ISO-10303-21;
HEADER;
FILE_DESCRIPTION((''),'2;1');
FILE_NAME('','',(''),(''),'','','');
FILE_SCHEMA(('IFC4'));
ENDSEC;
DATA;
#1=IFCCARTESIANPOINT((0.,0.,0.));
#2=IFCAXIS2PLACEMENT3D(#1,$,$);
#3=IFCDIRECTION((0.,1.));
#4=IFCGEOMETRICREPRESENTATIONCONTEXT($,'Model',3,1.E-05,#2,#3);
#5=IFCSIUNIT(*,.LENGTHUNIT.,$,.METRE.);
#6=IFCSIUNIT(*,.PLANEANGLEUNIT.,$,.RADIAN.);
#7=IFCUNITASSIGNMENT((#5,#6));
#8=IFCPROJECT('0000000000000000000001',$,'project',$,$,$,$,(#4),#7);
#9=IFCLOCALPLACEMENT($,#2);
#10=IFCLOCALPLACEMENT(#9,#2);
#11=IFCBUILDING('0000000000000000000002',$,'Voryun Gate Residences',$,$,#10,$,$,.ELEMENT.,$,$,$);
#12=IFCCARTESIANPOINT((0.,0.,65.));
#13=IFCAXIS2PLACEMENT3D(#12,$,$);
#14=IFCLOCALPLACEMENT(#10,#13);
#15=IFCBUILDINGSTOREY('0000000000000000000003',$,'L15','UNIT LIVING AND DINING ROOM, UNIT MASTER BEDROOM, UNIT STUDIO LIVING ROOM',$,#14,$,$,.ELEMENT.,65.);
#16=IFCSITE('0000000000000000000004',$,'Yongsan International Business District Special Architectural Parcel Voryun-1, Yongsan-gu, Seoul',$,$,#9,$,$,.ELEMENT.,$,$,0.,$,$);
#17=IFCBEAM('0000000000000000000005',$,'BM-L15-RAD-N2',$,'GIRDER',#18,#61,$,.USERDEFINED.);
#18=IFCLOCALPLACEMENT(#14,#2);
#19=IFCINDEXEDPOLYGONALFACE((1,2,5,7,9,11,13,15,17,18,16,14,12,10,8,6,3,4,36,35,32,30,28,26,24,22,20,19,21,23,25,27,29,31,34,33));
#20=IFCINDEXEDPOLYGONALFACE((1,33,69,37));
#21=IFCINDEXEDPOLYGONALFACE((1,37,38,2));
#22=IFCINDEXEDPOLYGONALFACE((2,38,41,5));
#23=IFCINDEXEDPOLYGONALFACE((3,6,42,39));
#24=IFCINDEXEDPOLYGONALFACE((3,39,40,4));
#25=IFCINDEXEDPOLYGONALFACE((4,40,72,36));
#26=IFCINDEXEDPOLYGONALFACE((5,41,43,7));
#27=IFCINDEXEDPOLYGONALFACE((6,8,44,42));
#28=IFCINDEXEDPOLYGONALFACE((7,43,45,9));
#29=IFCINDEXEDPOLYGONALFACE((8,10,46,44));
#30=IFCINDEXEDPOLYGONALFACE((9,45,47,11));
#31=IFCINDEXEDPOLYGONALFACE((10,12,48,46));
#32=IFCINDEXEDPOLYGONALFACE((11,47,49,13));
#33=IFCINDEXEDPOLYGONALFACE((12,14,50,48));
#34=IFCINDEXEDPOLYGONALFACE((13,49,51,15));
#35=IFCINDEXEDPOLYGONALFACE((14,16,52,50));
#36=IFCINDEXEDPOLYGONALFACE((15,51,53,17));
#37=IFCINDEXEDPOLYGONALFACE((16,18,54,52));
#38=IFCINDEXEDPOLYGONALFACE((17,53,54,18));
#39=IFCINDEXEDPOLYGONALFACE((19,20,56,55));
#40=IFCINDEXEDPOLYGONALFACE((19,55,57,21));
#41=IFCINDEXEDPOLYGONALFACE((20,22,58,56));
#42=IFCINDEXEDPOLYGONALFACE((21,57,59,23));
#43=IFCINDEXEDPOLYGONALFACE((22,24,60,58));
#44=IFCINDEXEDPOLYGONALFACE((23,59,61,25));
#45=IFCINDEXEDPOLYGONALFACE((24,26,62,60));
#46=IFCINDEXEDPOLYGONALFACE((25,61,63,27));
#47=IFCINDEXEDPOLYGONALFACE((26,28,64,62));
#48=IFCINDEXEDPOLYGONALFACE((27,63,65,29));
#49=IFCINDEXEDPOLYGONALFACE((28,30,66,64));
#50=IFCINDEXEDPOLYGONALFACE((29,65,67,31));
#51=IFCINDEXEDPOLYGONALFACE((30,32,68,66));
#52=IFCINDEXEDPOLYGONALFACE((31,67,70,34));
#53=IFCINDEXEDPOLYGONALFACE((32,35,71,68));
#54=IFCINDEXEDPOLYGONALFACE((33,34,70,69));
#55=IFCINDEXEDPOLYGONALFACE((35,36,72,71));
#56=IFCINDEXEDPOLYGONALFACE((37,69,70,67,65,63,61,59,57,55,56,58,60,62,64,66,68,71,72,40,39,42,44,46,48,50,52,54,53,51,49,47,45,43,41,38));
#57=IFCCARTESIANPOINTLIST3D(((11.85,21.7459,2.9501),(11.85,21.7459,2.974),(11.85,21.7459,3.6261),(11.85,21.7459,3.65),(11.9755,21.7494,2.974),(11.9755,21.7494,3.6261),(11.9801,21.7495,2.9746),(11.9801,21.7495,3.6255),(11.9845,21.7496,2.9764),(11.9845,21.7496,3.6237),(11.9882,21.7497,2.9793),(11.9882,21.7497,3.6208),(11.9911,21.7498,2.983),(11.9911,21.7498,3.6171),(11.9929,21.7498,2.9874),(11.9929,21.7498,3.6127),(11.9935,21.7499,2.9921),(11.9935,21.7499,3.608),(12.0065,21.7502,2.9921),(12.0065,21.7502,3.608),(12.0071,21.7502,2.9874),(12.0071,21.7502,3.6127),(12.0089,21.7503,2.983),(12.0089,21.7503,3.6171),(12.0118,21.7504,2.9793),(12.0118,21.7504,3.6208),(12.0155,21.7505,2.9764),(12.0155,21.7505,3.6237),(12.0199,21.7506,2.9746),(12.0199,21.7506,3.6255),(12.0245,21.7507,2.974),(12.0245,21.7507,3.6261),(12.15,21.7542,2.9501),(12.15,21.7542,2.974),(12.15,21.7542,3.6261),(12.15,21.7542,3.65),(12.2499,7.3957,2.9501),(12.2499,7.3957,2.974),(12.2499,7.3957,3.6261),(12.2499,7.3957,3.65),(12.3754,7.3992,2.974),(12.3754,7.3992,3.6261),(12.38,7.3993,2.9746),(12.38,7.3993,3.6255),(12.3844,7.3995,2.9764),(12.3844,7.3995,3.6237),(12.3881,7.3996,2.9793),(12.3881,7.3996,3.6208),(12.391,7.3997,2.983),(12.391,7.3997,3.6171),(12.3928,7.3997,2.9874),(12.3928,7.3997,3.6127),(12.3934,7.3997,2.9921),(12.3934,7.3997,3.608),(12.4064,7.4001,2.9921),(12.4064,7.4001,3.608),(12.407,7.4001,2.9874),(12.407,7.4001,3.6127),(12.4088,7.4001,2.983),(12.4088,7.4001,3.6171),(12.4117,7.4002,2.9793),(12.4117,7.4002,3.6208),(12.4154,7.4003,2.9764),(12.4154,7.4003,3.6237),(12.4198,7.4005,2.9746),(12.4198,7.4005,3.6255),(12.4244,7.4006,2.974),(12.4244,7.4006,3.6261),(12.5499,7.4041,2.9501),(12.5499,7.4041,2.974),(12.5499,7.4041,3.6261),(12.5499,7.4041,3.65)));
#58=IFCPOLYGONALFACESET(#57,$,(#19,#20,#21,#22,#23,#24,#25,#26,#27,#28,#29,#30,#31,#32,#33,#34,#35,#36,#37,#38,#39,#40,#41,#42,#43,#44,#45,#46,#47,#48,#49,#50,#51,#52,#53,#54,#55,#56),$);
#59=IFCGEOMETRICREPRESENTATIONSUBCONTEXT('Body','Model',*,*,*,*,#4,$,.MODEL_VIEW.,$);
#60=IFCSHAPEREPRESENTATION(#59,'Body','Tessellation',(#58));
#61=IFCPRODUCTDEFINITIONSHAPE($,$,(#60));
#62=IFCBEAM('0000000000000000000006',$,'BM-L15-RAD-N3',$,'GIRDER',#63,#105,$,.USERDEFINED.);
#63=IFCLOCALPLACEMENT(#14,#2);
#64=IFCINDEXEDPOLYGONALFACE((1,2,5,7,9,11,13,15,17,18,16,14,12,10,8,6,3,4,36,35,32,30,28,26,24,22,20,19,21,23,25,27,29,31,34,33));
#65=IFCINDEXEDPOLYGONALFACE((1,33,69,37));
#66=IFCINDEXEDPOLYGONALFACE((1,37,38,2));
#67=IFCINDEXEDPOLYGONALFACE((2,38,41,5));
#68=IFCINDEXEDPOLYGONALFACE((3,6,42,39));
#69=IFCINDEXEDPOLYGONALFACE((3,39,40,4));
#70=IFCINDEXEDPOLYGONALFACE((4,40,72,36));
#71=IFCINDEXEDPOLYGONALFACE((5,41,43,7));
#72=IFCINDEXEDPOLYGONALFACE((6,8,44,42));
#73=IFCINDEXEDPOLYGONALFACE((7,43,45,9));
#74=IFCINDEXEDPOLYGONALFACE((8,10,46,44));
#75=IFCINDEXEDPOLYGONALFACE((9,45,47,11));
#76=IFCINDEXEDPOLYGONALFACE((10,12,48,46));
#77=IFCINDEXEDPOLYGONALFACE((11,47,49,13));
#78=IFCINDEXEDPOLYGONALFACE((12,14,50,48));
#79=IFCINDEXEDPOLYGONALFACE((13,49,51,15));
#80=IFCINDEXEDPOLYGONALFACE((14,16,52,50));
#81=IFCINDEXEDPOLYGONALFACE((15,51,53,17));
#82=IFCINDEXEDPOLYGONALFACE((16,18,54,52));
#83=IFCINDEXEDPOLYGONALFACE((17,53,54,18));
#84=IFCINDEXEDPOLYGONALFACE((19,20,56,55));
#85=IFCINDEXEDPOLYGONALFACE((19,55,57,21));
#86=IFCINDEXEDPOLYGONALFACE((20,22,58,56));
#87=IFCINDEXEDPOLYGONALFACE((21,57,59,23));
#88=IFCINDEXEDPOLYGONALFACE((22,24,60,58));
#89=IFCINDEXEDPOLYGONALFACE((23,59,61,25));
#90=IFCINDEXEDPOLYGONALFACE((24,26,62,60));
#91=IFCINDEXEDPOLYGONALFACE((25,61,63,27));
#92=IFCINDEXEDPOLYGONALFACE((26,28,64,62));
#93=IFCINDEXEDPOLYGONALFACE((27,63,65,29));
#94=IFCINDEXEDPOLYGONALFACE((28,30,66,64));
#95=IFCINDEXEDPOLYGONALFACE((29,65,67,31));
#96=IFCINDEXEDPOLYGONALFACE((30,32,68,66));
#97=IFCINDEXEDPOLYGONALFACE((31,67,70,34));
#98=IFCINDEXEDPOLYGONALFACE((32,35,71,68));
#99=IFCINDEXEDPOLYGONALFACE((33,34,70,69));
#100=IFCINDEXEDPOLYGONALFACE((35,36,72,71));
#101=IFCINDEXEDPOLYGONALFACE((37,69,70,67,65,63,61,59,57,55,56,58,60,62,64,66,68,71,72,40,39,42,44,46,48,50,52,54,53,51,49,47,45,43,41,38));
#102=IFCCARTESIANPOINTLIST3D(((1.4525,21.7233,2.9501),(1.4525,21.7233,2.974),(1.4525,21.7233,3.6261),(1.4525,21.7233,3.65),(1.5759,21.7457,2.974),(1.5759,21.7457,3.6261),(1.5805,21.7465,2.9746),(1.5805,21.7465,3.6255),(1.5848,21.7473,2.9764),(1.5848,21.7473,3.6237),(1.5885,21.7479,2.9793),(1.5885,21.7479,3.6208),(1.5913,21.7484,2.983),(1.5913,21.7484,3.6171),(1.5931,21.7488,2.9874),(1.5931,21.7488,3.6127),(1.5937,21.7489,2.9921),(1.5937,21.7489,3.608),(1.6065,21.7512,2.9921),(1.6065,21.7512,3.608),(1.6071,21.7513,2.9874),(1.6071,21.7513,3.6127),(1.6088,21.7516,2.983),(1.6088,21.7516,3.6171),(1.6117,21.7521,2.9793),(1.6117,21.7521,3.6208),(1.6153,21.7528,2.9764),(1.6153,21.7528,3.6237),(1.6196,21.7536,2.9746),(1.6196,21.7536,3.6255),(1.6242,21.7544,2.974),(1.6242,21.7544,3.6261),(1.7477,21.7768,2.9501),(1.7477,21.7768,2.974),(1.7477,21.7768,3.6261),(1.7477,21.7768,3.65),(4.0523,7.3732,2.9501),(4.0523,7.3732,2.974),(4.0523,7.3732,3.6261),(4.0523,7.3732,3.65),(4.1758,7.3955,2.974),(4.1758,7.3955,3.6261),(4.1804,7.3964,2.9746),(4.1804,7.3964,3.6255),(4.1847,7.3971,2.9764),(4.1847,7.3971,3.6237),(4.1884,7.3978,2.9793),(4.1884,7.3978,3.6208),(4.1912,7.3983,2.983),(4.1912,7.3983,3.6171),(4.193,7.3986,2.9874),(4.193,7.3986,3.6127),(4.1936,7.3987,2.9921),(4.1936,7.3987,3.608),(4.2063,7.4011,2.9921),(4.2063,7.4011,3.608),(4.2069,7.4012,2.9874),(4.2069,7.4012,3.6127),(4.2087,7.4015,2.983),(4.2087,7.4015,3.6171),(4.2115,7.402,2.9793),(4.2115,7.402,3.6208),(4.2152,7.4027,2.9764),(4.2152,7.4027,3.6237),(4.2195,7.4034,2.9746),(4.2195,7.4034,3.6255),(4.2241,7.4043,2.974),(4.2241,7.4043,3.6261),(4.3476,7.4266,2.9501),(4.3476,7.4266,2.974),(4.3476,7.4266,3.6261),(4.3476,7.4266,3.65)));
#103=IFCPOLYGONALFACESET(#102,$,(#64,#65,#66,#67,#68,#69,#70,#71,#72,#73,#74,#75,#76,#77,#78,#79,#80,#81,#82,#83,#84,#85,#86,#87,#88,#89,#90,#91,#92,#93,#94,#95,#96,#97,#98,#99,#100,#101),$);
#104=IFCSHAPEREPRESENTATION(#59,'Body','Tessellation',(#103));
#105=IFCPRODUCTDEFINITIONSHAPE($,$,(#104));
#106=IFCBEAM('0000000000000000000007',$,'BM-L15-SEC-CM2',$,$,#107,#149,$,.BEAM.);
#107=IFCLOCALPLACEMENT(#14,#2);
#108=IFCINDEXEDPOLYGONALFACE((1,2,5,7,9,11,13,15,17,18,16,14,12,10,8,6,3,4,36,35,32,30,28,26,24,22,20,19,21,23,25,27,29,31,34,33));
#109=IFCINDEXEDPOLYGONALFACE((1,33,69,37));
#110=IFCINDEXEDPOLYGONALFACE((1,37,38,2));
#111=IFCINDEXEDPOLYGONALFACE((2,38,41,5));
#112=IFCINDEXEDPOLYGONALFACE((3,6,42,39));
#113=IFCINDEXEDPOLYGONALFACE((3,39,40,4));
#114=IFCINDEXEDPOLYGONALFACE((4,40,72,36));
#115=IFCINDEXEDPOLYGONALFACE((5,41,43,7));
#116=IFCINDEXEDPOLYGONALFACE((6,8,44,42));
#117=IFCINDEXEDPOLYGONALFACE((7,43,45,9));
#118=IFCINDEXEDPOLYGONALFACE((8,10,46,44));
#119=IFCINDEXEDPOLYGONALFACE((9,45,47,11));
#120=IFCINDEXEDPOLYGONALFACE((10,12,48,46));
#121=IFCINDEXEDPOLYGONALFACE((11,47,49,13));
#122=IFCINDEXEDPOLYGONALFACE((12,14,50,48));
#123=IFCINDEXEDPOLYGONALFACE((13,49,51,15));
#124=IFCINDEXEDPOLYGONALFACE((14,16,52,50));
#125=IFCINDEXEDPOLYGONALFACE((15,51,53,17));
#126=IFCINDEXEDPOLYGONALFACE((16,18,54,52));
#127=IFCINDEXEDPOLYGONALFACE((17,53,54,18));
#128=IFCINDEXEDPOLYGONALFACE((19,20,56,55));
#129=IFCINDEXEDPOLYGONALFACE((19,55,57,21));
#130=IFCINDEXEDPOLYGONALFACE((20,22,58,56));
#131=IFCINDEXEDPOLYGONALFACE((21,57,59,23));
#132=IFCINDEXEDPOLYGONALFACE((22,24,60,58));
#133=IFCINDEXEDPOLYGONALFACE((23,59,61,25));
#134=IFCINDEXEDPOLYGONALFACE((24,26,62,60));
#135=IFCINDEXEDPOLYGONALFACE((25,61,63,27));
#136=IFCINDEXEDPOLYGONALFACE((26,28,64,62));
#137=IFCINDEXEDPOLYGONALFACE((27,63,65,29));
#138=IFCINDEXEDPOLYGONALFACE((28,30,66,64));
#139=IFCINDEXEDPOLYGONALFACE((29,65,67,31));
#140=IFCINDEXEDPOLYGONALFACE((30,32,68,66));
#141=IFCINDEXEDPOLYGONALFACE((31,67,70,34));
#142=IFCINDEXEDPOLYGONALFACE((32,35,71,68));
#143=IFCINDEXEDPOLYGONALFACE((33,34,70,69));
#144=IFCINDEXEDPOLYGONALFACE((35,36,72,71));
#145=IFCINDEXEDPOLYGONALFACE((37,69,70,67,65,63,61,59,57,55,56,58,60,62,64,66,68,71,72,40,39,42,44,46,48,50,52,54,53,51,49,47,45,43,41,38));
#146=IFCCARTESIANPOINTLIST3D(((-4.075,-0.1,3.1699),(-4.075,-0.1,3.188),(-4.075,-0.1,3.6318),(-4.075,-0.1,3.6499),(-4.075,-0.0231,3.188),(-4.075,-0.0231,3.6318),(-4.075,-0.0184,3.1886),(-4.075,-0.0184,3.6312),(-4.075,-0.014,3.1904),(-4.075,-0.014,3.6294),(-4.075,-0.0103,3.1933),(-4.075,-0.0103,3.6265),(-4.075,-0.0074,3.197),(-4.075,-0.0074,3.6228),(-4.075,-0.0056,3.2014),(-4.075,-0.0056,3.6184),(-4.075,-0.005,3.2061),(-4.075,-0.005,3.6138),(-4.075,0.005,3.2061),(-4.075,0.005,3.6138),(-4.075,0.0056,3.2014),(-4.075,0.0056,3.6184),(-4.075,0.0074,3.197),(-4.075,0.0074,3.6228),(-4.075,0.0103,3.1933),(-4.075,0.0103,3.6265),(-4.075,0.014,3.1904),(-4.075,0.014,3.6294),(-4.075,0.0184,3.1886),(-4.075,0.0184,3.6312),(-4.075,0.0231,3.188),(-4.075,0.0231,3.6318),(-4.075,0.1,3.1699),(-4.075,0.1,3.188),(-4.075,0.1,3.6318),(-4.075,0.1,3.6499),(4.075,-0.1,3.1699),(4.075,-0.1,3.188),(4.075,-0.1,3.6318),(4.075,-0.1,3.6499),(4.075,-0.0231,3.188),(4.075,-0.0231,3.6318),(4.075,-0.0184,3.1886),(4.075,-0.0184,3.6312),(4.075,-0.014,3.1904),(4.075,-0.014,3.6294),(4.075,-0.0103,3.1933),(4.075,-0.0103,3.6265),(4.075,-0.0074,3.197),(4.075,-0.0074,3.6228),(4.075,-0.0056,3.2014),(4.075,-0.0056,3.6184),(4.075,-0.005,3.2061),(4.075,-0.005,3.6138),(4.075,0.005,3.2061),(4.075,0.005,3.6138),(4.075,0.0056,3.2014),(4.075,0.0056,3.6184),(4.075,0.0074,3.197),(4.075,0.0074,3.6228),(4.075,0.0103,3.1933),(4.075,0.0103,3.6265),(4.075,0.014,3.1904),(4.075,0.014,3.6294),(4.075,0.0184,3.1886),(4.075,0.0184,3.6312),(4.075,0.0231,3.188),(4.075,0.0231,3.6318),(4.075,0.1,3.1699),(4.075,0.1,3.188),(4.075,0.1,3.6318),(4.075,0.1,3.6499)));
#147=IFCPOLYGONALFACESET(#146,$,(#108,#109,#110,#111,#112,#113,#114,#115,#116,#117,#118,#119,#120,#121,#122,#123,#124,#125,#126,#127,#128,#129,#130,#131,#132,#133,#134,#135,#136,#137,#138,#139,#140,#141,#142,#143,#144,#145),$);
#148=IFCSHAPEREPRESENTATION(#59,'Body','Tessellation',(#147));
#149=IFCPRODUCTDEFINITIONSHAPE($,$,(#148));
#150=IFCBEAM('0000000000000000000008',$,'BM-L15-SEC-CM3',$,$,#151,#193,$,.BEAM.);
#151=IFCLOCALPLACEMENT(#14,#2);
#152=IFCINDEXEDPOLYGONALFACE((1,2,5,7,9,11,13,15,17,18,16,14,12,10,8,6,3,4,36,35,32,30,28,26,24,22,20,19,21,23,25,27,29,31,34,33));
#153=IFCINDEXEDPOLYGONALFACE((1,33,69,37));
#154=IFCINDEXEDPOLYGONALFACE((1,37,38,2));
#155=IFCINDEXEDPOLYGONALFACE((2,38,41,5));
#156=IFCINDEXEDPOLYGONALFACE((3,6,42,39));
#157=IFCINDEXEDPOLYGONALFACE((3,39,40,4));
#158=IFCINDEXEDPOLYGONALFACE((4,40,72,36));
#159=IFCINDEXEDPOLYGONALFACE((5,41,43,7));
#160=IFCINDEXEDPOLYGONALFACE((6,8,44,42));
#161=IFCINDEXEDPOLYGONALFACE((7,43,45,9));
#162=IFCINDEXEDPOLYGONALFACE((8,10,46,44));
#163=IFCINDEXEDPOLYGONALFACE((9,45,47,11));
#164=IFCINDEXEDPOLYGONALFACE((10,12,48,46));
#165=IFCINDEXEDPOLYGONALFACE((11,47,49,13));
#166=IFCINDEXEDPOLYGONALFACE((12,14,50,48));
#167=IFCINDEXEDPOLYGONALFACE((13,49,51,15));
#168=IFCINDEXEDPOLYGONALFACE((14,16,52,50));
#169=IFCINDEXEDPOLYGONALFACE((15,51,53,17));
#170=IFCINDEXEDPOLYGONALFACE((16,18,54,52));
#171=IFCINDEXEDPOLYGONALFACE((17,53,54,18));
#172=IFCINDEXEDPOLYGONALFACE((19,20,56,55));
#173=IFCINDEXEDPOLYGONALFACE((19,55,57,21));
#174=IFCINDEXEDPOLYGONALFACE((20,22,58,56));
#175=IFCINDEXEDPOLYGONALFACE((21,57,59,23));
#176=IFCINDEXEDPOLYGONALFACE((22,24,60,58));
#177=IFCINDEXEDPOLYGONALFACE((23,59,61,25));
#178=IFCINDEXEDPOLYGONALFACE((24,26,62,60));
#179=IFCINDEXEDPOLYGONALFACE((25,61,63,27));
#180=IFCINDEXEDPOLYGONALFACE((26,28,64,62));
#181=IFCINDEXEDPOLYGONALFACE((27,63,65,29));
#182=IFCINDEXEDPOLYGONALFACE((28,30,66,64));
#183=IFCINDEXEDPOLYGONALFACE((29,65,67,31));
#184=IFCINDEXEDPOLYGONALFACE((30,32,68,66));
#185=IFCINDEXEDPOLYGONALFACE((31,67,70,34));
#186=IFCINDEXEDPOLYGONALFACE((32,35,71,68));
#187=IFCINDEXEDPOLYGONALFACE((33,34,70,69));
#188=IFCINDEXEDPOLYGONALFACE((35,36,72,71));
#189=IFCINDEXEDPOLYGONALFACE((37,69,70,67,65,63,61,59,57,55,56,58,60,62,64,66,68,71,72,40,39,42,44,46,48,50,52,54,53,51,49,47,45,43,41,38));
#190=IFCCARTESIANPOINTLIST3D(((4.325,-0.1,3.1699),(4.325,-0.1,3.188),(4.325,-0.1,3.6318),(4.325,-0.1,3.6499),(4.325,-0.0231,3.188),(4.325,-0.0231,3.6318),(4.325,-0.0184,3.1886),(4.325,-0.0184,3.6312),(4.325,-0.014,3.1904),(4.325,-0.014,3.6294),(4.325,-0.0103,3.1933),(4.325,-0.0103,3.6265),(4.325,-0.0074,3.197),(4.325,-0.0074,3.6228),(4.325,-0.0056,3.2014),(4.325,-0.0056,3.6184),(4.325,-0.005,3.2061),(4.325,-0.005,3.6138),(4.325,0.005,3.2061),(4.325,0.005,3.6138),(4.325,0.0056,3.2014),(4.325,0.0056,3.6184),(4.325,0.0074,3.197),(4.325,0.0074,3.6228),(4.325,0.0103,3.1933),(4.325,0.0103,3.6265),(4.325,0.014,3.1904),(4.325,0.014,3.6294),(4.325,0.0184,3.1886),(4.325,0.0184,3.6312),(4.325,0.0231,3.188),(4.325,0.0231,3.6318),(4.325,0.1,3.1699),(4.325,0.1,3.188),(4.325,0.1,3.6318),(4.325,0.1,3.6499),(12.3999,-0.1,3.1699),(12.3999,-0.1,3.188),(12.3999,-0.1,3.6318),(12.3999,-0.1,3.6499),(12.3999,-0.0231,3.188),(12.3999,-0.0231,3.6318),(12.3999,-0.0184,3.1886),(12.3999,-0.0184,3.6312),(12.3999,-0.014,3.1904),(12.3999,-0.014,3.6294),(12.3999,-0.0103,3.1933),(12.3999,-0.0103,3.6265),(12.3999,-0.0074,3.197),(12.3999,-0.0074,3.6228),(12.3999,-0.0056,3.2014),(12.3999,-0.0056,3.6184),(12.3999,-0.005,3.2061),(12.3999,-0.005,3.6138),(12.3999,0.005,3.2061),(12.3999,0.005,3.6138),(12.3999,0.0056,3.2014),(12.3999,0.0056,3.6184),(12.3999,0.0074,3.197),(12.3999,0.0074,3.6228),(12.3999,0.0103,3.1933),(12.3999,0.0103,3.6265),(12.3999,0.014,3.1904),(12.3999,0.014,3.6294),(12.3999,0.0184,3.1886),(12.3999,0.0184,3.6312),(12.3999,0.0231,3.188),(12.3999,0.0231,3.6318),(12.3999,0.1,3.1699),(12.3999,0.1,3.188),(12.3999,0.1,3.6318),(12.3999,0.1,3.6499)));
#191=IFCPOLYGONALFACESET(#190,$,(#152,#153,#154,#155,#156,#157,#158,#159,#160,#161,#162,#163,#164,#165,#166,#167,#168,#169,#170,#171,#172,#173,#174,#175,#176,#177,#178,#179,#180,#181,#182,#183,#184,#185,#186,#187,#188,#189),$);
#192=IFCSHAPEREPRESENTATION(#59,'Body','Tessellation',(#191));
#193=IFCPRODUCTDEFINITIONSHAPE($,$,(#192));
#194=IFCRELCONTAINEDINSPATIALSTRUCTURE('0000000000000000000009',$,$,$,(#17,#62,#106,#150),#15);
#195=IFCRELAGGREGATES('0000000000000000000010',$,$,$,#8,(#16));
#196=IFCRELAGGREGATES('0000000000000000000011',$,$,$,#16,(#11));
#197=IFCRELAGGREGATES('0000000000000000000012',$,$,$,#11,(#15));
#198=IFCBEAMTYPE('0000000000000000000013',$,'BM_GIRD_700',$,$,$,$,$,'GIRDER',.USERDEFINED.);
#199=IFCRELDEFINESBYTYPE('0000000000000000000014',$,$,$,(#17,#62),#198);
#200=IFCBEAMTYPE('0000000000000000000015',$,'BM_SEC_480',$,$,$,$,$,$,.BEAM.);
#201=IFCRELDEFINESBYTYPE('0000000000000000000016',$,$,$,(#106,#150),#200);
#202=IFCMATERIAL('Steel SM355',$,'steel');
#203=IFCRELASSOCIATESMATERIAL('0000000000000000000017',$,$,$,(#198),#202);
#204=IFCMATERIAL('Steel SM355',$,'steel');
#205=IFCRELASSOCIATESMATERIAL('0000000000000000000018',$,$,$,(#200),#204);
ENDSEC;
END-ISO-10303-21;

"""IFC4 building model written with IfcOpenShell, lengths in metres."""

from ifc_helpers import new_model, si_unit, direction, frame, origin, origin_2d, place, context, subcontext, project, spatial, i_section, extrude, material, material_profile, profile_set, type_object, element, save


model = new_model("IFC4")

# Units and contexts
model_context = context("Model", 3, precision=1e-05, world=origin(), true_north=direction((0.0, 1.0)))
body_context = subcontext(model_context, "Body", "Model", "MODEL_VIEW")
ifc_project = project(units=[si_unit("LENGTHUNIT", "METRE"), si_unit("PLANEANGLEUNIT", "RADIAN")], contexts=[model_context])

# Site, building, storey
site_placement = place(None, origin())
site = spatial("IfcSite", under=ifc_project, at=site_placement, Name="Yongsan International Business District Special Architectural Parcel Voryun-1, Yongsan-gu, Seoul", CompositionType="ELEMENT", RefElevation=0.0)
building_placement = place(site_placement, origin())
building = spatial("IfcBuilding", under=site, at=building_placement, Name="Voryun Gate Residences", CompositionType="ELEMENT")
storey_placement = place(building_placement, frame((0.0, 0.0, 65.0)))
storey = spatial("IfcBuildingStorey", under=building, at=storey_placement, Name="L15", Description="UNIT LIVING AND DINING ROOM, UNIT MASTER BEDROOM, UNIT STUDIO LIVING ROOM", CompositionType="ELEMENT", Elevation=65.0)

# Beams
ifc_material_1 = material(Name="Steel SM355", Category="steel")
ifc_material_profile_1 = material_profile(ifc_material_1, i_section(OverallWidth=0.3, OverallDepth=0.7, WebThickness=0.0129, FlangeThickness=0.0239, FilletRadius=0.0181, at=origin_2d()), Name="H-700x300x13x24")
ifc_profile_set_1 = profile_set([ifc_material_profile_1], Name="Steel SM355")
beam_type_1 = type_object("IfcBeamType", Name="BM_GIRD_700", ElementType="GIRDER", PredefinedType="USERDEFINED", material=ifc_profile_set_1)
beam_1_placement = place(storey_placement, frame((12.3999, 7.3999, 3.3), z_axis=(-0.027857, 0.999612, 0.0), x_axis=(-0.999612, -0.027857, 0.0)))
element("IfcBeam", 1, at=beam_1_placement, inside=storey, type_object=beam_type_1, Name="BM-L15-RAD-N2", ObjectType="GIRDER", PredefinedType="USERDEFINED", context=body_context, shape_type="SweptSolid", body=[
    extrude(i_section(OverallWidth=0.3, OverallDepth=0.7, WebThickness=0.0129, FlangeThickness=0.0239, FilletRadius=0.0181, at=origin_2d()), origin(), (0.0, 0.0, 1.0), 14.3557),
])
beam_2_placement = place(storey_placement, frame((4.2, 7.3999, 3.3), z_axis=(-0.178271, 0.983981, 0.0), x_axis=(-0.983981, -0.178271, 0.0)))
element("IfcBeam", 2, at=beam_2_placement, inside=storey, type_object=beam_type_1, Name="BM-L15-RAD-N3", ObjectType="GIRDER", PredefinedType="USERDEFINED", context=body_context, shape_type="SweptSolid", body=[
    extrude(i_section(OverallWidth=0.3, OverallDepth=0.7, WebThickness=0.0129, FlangeThickness=0.0239, FilletRadius=0.0181, at=origin_2d()), origin(), (0.0, 0.0, 1.0), 14.5837),
])
ifc_material_2 = material(Name="Steel SM355", Category="steel")
ifc_material_profile_2 = material_profile(ifc_material_2, i_section(OverallWidth=0.2, OverallDepth=0.48, WebThickness=0.01, FlangeThickness=0.0181, FilletRadius=0.0181, at=origin_2d()), Name="H-480x200x10x18")
ifc_profile_set_2 = profile_set([ifc_material_profile_2], Name="Steel SM355")
beam_type_2 = type_object("IfcBeamType", Name="BM_SEC_480", PredefinedType="BEAM", material=ifc_profile_set_2)
beam_3_placement = place(storey_placement, frame((-4.075, 0.0, 3.4099), z_axis=(1.0, 0.0, 0.0), x_axis=(0.0, 1.0, 0.0)))
element("IfcBeam", 3, at=beam_3_placement, inside=storey, type_object=beam_type_2, Name="BM-L15-SEC-CM2", PredefinedType="BEAM", context=body_context, shape_type="SweptSolid", body=[
    extrude(i_section(OverallWidth=0.2, OverallDepth=0.48, WebThickness=0.01, FlangeThickness=0.0181, FilletRadius=0.0181, at=origin_2d()), origin(), (0.0, 0.0, 1.0), 8.1499),
])
beam_4_placement = place(storey_placement, frame((4.325, 0.0, 3.4099), z_axis=(1.0, 0.0, 0.0), x_axis=(0.0, 1.0, 0.0)))
element("IfcBeam", 4, at=beam_4_placement, inside=storey, type_object=beam_type_2, Name="BM-L15-SEC-CM3", PredefinedType="BEAM", context=body_context, shape_type="SweptSolid", body=[
    extrude(i_section(OverallWidth=0.2, OverallDepth=0.48, WebThickness=0.01, FlangeThickness=0.0181, FilletRadius=0.0181, at=origin_2d()), origin(), (0.0, 0.0, 1.0), 8.075),
])

save(model, "model.ifc")
